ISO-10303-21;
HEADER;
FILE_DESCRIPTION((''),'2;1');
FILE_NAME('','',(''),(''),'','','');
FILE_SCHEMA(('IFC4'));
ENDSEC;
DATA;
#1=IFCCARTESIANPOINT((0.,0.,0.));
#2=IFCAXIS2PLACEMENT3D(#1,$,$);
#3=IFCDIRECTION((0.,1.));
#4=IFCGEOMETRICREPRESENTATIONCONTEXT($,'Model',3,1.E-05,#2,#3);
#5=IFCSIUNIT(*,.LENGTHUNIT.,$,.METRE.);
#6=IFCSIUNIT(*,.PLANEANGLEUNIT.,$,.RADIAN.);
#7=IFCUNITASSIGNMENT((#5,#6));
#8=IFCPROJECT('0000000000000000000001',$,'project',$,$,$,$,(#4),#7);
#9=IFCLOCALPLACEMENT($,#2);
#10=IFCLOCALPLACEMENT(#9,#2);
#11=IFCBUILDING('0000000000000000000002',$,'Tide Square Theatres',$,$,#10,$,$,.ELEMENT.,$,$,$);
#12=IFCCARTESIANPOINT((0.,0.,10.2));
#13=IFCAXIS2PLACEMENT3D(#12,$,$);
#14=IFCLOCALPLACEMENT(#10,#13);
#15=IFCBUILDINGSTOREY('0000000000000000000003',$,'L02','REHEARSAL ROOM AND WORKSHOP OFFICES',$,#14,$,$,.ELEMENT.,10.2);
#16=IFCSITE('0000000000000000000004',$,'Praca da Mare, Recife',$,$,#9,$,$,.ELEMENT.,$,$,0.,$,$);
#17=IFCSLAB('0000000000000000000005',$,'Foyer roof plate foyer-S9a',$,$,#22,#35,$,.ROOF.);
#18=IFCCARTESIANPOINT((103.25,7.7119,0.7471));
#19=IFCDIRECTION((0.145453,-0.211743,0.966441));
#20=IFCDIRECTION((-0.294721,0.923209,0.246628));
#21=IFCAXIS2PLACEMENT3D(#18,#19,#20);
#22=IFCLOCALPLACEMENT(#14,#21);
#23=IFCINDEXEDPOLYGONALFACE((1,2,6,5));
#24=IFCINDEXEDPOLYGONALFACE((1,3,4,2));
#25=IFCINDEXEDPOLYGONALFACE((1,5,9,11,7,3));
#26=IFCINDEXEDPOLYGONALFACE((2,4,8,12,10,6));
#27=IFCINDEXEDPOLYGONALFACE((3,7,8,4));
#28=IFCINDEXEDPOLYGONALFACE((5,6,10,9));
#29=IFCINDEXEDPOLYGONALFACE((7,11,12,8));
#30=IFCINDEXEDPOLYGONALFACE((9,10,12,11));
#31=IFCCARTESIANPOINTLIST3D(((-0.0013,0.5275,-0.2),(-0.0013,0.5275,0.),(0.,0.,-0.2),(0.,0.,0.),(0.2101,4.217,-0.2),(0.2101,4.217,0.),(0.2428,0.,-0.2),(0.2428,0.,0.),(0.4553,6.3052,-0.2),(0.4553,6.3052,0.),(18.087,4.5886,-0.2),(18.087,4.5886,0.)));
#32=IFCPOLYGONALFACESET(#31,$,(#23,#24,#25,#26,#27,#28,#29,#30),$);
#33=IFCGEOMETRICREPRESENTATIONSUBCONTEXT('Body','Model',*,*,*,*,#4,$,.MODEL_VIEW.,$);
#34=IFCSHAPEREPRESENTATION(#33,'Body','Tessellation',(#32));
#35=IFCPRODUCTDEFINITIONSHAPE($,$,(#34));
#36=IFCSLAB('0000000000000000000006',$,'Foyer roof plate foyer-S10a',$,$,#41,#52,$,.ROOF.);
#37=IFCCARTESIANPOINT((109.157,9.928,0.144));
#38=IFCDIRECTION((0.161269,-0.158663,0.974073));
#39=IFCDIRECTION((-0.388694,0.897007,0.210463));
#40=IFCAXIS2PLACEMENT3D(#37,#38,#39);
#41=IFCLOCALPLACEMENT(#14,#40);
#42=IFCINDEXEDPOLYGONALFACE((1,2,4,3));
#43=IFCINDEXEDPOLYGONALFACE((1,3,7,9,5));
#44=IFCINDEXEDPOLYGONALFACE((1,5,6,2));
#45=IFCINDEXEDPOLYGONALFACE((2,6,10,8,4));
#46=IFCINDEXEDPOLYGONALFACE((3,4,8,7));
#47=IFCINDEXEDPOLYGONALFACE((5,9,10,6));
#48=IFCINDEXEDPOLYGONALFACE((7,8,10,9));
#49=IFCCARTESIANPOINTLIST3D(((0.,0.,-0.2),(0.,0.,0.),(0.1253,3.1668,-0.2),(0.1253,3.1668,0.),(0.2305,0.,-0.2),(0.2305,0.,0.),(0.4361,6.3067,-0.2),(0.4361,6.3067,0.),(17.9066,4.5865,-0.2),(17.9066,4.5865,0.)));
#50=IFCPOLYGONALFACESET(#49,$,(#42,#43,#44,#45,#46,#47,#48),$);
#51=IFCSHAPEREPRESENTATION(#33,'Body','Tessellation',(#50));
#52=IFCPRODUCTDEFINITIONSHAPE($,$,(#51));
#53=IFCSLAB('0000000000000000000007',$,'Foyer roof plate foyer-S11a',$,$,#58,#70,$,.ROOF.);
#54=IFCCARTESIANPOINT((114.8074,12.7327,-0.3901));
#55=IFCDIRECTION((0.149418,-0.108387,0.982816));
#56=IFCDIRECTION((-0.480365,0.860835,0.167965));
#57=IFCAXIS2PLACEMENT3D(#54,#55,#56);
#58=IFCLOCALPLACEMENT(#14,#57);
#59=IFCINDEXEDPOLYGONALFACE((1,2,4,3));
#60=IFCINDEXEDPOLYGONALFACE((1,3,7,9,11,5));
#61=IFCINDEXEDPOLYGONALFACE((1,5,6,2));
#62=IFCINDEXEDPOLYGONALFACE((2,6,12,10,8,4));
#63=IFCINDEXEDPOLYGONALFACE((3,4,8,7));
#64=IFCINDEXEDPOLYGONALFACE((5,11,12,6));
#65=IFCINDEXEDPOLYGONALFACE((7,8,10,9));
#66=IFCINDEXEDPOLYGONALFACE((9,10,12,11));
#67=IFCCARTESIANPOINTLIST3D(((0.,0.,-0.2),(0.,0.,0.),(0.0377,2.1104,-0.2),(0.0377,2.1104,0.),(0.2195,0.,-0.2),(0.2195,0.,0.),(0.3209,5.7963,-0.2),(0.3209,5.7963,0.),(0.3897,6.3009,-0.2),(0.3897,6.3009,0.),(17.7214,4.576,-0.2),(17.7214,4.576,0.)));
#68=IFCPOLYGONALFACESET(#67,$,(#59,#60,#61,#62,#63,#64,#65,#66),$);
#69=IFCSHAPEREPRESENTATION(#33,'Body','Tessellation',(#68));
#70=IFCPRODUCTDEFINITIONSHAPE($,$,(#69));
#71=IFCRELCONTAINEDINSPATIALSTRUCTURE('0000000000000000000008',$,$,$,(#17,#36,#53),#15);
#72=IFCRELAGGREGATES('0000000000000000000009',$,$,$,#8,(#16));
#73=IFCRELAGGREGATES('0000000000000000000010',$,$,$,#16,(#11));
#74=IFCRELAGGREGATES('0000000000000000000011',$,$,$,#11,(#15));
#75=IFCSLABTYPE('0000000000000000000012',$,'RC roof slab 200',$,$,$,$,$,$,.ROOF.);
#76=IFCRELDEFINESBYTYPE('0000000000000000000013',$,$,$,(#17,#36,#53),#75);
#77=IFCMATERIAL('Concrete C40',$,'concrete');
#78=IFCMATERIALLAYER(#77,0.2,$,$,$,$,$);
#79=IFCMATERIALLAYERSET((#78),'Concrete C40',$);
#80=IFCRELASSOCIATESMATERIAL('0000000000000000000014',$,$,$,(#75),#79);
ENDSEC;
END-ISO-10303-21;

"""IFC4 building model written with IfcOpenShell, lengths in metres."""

from ifc_helpers import new_model, si_unit, direction, frame, origin, place, context, subcontext, project, spatial, polyline, outline, extrude, material, layer, layer_set, type_object, element, save


model = new_model("IFC4")

# Units and contexts
model_context = context("Model", 3, precision=1e-05, world=origin(), true_north=direction((0.0, 1.0)))
body_context = subcontext(model_context, "Body", "Model", "MODEL_VIEW")
ifc_project = project(units=[si_unit("LENGTHUNIT", "METRE"), si_unit("PLANEANGLEUNIT", "RADIAN")], contexts=[model_context])

# Site, building, storey
site_placement = place(None, origin())
site = spatial("IfcSite", under=ifc_project, at=site_placement, Name="Praca da Mare, Recife", CompositionType="ELEMENT", RefElevation=0.0)
building_placement = place(site_placement, origin())
building = spatial("IfcBuilding", under=site, at=building_placement, Name="Tide Square Theatres", CompositionType="ELEMENT")
storey_placement = place(building_placement, frame((0.0, 0.0, 10.2)))
storey = spatial("IfcBuildingStorey", under=building, at=storey_placement, Name="L02", Description="REHEARSAL ROOM AND WORKSHOP OFFICES", CompositionType="ELEMENT", Elevation=10.2)

# Slabs
ifc_material_1 = material(Name="Concrete C40", Category="concrete")
ifc_layer_1 = layer(ifc_material_1, 0.2)
ifc_layer_set_1 = layer_set([ifc_layer_1], Name="Concrete C40")
slab_type = type_object("IfcSlabType", Name="RC roof slab 200", PredefinedType="ROOF", material=ifc_layer_set_1)
slab_1_placement = place(storey_placement, frame((103.25, 7.7119, 0.7471), z_axis=(0.145453, -0.211743, 0.966441), x_axis=(-0.294721, 0.923209, 0.246628)))
element("IfcSlab", 1, at=slab_1_placement, inside=storey, type_object=slab_type, Name="Foyer roof plate foyer-S9a", PredefinedType="ROOF", context=body_context, shape_type="SweptSolid", body=[
    extrude(outline(polyline([(0.0, 0.0), (0.2428, 0.0), (18.087, 4.5886), (0.4553, 6.3052), (0.2101, 4.217), (-0.0013, 0.5275), (0.0, 0.0)])), origin(), (0.0, 0.0, -1.0), 0.2),
])
slab_2_placement = place(storey_placement, frame((109.157, 9.928, 0.144), z_axis=(0.161269, -0.158663, 0.974073), x_axis=(-0.388694, 0.897007, 0.210463)))
element("IfcSlab", 2, at=slab_2_placement, inside=storey, type_object=slab_type, Name="Foyer roof plate foyer-S10a", PredefinedType="ROOF", context=body_context, shape_type="SweptSolid", body=[
    extrude(outline(polyline([(0.0, 0.0), (0.2305, 0.0), (17.9066, 4.5865), (0.4361, 6.3067), (0.1253, 3.1668), (0.0, 0.0)])), origin(), (0.0, 0.0, -1.0), 0.2),
])
slab_3_placement = place(storey_placement, frame((114.8074, 12.7327, -0.3901), z_axis=(0.149418, -0.108387, 0.982816), x_axis=(-0.480365, 0.860835, 0.167965)))
element("IfcSlab", 3, at=slab_3_placement, inside=storey, type_object=slab_type, Name="Foyer roof plate foyer-S11a", PredefinedType="ROOF", context=body_context, shape_type="SweptSolid", body=[
    extrude(outline(polyline([(0.0, 0.0), (0.2195, 0.0), (17.7214, 4.576), (0.3897, 6.3009), (0.3209, 5.7963), (0.0377, 2.1104), (0.0, 0.0)])), origin(), (0.0, 0.0, -1.0), 0.2),
])

save(model, "model.ifc")
